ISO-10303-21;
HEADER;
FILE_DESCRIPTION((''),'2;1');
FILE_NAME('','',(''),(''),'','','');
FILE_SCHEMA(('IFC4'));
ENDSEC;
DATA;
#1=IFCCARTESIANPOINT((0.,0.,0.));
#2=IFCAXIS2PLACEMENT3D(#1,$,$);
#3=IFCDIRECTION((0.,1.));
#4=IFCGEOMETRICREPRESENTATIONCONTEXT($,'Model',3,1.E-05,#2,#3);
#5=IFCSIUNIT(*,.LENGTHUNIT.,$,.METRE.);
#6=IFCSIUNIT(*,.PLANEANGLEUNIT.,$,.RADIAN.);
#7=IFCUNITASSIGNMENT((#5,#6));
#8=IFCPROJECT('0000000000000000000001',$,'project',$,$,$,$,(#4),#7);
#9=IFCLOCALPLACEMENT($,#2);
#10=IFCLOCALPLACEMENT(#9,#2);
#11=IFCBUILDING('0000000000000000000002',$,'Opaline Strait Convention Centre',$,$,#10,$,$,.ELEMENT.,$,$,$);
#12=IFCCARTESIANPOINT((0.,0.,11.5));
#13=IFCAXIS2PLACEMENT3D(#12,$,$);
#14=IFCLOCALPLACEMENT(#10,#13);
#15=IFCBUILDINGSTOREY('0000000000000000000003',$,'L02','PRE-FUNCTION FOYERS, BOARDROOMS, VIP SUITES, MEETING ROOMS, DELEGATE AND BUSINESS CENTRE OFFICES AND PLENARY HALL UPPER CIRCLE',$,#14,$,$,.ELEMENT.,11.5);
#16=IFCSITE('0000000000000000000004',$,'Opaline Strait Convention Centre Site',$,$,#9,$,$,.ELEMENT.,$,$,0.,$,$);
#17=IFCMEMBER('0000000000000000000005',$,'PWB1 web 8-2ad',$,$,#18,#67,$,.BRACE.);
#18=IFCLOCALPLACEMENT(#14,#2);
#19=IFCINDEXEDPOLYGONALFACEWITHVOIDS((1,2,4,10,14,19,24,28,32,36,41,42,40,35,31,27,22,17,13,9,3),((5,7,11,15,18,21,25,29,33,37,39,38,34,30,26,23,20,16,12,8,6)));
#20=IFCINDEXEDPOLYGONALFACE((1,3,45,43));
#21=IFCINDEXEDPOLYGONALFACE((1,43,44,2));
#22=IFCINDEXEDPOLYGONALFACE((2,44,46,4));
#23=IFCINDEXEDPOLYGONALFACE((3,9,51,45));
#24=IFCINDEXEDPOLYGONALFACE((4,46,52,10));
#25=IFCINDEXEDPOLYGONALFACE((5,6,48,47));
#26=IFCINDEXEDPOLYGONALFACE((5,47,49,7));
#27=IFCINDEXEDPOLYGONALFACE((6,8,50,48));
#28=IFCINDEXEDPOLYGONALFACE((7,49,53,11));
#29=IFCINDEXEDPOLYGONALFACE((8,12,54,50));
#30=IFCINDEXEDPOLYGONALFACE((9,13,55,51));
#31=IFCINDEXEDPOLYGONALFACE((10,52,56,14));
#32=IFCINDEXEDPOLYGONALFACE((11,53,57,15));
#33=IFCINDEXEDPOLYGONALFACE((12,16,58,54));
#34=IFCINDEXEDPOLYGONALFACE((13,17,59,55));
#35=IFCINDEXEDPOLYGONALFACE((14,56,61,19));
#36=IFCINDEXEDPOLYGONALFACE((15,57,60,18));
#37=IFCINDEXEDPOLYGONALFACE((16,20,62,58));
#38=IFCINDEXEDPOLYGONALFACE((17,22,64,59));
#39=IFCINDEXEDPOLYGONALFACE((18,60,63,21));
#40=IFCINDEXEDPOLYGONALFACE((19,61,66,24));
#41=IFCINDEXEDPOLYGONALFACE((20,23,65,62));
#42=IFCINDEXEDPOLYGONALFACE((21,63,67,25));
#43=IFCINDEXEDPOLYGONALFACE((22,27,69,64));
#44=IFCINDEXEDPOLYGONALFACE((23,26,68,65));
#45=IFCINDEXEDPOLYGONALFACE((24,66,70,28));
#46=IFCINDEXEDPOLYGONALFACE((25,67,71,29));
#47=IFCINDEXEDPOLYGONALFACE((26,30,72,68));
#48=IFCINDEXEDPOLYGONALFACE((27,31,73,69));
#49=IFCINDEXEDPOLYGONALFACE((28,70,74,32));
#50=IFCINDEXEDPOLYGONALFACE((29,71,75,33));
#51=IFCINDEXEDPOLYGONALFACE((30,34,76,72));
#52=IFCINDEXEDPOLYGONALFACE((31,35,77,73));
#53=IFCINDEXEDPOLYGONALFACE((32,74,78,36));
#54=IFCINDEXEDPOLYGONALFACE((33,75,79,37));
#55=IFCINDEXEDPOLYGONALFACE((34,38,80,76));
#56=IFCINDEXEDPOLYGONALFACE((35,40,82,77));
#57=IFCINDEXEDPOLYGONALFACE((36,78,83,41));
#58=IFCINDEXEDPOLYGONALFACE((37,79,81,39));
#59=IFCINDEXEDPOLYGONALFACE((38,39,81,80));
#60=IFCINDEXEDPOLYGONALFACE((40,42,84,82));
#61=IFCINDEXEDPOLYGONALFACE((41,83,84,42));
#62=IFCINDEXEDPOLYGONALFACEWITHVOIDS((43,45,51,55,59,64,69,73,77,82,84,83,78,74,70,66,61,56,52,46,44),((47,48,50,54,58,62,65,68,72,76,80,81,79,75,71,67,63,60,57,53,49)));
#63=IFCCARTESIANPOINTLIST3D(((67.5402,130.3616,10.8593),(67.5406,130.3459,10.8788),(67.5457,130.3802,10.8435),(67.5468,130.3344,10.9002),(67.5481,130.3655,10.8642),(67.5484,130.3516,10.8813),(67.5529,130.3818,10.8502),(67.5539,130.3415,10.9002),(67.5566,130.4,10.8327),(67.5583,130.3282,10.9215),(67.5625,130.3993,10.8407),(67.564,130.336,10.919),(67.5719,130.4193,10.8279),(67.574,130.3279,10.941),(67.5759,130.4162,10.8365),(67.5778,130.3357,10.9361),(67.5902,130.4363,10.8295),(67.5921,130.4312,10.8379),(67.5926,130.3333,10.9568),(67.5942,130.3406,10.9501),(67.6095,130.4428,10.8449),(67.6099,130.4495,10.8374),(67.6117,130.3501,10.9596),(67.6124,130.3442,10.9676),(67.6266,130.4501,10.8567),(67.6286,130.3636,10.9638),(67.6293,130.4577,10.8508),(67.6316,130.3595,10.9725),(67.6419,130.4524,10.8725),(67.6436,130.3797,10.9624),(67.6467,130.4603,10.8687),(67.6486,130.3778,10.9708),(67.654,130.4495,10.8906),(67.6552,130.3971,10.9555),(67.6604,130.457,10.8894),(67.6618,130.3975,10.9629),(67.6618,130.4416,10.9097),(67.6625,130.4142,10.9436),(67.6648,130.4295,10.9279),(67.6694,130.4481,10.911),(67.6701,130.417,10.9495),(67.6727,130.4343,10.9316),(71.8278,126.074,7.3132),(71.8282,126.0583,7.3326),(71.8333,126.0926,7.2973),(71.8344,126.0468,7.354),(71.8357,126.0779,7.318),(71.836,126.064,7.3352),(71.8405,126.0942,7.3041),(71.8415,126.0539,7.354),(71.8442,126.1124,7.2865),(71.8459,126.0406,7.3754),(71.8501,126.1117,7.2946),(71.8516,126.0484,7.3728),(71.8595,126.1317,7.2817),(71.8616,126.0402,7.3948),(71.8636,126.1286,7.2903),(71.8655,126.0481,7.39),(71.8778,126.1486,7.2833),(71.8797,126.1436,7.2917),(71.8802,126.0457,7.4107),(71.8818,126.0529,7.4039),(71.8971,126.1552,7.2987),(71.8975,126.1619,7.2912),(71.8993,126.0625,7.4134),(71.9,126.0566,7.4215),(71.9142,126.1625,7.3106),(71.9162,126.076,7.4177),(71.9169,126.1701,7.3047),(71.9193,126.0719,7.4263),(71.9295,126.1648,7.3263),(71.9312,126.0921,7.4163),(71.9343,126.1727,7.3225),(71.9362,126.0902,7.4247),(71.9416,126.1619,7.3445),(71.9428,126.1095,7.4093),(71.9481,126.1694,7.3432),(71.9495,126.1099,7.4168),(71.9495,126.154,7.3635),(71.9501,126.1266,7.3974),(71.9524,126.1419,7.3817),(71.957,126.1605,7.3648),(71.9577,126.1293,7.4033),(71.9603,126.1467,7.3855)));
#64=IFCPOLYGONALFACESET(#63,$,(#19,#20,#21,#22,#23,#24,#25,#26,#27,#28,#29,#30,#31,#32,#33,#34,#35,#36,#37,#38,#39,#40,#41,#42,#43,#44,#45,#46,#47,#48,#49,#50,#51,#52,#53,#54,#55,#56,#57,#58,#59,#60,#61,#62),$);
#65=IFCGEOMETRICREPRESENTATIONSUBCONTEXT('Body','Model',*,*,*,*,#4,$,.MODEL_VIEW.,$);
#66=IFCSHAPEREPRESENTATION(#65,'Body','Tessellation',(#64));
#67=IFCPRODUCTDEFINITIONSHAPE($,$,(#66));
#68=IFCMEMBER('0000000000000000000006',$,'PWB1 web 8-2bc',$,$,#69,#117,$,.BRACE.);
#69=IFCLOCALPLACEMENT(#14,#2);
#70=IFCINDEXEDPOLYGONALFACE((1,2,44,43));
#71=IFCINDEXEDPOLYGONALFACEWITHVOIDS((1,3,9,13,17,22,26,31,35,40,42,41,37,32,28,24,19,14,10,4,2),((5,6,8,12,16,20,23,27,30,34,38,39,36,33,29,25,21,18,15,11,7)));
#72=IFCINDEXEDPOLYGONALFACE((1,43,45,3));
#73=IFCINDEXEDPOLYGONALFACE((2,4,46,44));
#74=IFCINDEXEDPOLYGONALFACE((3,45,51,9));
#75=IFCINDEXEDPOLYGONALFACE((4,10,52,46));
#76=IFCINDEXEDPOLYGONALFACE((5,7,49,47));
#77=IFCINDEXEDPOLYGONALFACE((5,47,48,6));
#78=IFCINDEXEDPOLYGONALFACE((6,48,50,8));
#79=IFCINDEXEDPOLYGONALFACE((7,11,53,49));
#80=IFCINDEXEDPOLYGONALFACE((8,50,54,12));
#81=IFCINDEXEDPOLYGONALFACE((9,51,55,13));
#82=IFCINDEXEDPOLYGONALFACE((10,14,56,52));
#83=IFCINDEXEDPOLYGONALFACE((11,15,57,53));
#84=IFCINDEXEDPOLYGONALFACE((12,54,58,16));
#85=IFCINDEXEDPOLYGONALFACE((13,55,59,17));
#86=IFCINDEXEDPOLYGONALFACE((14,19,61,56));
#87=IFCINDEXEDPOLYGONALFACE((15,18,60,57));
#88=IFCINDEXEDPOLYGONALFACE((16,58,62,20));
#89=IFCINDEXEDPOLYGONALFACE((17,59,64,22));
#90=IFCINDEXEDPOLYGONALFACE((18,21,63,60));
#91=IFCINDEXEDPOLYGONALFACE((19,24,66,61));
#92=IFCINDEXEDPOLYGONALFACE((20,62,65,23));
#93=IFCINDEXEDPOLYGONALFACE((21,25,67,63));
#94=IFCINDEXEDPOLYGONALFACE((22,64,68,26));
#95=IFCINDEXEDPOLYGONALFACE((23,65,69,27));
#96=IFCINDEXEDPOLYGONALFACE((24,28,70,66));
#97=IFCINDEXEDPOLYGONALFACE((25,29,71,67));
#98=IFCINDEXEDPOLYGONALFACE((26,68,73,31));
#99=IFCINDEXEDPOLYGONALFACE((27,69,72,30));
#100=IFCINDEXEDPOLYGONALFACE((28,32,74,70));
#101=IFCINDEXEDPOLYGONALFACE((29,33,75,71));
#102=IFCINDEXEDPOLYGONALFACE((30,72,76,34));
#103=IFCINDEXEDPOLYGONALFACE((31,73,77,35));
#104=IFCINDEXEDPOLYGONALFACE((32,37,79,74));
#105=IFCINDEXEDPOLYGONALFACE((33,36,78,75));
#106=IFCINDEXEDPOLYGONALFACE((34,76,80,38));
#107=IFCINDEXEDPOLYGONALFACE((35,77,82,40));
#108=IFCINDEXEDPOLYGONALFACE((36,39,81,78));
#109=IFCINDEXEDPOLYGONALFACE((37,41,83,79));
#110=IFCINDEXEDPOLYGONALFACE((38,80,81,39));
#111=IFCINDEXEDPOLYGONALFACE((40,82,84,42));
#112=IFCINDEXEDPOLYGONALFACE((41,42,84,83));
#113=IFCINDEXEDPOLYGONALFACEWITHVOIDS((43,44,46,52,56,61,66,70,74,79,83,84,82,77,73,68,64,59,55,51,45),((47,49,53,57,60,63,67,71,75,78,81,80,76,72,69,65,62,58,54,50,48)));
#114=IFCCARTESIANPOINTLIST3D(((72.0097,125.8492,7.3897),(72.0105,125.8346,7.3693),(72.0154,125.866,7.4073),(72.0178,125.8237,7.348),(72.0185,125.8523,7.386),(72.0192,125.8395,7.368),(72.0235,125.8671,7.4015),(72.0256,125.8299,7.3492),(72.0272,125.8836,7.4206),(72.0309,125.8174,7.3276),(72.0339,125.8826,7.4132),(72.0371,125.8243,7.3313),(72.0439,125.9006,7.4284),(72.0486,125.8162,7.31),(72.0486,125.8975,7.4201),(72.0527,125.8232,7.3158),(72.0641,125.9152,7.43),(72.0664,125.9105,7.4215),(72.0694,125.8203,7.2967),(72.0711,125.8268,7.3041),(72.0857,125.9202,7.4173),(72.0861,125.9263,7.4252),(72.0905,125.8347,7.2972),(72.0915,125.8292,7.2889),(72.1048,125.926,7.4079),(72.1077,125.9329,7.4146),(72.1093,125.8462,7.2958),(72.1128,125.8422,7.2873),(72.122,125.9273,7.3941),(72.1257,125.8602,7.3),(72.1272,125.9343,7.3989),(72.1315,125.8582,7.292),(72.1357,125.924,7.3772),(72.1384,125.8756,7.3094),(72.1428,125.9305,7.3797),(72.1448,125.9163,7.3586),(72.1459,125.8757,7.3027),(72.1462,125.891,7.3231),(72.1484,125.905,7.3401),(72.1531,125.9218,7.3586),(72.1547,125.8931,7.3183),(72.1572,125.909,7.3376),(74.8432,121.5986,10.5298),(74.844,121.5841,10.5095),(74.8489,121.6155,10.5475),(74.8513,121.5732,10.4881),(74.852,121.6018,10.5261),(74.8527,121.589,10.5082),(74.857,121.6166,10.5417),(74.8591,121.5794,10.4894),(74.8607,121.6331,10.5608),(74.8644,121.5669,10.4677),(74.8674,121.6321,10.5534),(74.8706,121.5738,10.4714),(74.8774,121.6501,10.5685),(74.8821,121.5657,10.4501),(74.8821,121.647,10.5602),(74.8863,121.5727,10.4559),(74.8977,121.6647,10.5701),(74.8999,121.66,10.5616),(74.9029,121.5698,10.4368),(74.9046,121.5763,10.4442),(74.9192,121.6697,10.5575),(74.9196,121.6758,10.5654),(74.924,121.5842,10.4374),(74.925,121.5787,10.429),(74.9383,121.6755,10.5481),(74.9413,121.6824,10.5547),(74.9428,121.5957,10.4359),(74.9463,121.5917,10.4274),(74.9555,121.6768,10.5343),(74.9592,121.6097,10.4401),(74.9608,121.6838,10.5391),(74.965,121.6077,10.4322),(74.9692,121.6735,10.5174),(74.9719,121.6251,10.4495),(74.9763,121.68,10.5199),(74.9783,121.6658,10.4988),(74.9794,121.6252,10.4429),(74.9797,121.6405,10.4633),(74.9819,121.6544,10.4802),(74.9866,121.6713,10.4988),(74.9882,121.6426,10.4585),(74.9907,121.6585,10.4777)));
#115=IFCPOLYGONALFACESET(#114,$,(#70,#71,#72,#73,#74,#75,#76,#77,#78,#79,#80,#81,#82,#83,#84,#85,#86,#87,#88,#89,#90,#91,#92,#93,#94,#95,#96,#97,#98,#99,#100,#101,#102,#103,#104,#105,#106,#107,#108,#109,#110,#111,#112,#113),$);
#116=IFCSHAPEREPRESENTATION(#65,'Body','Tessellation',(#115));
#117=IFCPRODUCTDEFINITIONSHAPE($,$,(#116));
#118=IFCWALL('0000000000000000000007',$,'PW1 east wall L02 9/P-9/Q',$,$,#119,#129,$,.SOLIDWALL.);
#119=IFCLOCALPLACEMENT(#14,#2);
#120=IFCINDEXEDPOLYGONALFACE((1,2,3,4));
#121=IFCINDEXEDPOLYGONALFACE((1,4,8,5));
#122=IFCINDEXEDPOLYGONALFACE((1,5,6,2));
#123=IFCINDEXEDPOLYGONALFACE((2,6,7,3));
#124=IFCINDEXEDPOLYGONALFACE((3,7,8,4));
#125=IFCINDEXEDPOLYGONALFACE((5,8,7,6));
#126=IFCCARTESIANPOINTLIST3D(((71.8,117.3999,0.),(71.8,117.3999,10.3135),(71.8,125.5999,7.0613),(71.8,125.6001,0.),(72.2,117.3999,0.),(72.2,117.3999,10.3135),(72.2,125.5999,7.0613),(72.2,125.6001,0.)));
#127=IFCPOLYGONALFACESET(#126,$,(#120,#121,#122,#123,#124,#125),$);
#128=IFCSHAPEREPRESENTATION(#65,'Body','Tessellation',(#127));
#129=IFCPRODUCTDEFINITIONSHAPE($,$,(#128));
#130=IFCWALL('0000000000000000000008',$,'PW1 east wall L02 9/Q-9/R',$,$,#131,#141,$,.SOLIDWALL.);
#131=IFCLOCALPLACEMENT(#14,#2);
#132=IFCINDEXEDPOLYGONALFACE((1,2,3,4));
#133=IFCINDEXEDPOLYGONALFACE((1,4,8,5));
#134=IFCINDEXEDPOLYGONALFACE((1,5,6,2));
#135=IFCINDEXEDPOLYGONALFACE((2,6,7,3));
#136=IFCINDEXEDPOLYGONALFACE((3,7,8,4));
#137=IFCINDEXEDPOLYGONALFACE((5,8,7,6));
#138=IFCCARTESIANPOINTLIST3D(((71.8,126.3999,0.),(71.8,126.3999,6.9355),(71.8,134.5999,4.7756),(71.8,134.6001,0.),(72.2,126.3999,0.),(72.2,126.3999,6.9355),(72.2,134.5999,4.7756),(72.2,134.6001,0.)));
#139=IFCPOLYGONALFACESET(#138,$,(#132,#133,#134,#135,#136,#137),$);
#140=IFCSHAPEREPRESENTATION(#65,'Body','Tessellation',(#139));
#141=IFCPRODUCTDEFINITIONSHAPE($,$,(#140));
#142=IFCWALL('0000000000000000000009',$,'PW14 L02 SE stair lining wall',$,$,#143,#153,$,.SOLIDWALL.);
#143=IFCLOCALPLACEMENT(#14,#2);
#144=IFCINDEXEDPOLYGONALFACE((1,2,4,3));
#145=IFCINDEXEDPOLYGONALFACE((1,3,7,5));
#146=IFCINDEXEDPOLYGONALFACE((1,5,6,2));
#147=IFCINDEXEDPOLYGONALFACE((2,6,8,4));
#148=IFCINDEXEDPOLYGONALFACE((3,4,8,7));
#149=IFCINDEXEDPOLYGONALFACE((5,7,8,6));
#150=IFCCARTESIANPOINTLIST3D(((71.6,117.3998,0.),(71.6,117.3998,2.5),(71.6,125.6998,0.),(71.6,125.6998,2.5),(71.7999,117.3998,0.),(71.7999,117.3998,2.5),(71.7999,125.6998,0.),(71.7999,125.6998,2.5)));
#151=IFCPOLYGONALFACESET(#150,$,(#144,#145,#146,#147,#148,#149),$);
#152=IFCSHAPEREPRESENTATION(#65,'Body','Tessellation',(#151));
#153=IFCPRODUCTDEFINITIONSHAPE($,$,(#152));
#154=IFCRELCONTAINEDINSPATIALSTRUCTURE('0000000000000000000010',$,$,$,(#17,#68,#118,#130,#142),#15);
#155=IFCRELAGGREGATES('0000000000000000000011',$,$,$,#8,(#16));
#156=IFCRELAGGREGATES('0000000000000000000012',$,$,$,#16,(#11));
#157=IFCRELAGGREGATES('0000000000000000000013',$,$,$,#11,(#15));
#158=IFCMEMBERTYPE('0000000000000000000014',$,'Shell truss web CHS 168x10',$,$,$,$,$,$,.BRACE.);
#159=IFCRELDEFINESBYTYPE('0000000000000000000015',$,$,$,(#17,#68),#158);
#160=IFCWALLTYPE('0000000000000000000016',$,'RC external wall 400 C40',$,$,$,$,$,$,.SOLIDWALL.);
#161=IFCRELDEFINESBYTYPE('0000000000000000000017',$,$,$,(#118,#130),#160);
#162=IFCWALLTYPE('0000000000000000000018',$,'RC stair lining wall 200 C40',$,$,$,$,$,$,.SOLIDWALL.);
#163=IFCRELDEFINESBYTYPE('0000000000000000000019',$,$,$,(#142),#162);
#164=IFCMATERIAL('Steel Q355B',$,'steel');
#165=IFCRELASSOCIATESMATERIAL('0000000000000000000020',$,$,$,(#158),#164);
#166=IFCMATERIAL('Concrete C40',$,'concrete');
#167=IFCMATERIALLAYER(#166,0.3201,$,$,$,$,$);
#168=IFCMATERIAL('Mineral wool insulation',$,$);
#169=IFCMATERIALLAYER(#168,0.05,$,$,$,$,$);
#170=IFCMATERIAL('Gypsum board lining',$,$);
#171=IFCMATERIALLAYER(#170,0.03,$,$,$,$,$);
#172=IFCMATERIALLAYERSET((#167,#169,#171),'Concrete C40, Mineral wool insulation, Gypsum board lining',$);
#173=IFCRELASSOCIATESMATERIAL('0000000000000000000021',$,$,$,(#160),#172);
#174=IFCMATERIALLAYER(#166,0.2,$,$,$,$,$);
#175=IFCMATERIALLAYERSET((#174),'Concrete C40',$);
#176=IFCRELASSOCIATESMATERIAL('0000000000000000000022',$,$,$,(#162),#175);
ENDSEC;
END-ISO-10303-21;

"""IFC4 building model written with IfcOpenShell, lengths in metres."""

from ifc_helpers import new_model, si_unit, direction, frame, frame_2d, origin, origin_2d, place, context, subcontext, project, spatial, polyline, rectangle, hollow_circle, outline, extrude, material, layer, layer_set, material_profile, profile_set, type_object, element, save


model = new_model("IFC4")

# Units and contexts
model_context = context("Model", 3, precision=1e-05, world=origin(), true_north=direction((0.0, 1.0)))
body_context = subcontext(model_context, "Body", "Model", "MODEL_VIEW")
ifc_project = project(units=[si_unit("LENGTHUNIT", "METRE"), si_unit("PLANEANGLEUNIT", "RADIAN")], contexts=[model_context])

# Site, building, storey
site_placement = place(None, origin())
site = spatial("IfcSite", under=ifc_project, at=site_placement, Name="Opaline Strait Convention Centre Site", CompositionType="ELEMENT", RefElevation=0.0)
building_placement = place(site_placement, origin())
building = spatial("IfcBuilding", under=site, at=building_placement, Name="Opaline Strait Convention Centre", CompositionType="ELEMENT")
storey_placement = place(building_placement, frame((0.0, 0.0, 11.5)))
storey = spatial("IfcBuildingStorey", under=building, at=storey_placement, Name="L02", Description="PRE-FUNCTION FOYERS, BOARDROOMS, VIP SUITES, MEETING ROOMS, DELEGATE AND BUSINESS CENTRE OFFICES AND PLENARY HALL UPPER CIRCLE", CompositionType="ELEMENT", Elevation=11.5)

# Shared definitions
ifc_material_1 = material(Name="Concrete C40", Category="concrete")

# Members
ifc_material_2 = material(Name="Steel Q355B", Category="steel")
ifc_material_profile_1 = material_profile(ifc_material_2, hollow_circle(Radius=0.084, WallThickness=0.01, at=origin_2d()), Name="CHS 168x10")
ifc_profile_set_1 = profile_set([ifc_material_profile_1], Name="Steel Q355B")
member_type_1 = type_object("IfcMemberType", Name="Shell truss web CHS 168x10", PredefinedType="BRACE", material=ifc_profile_set_1)
member_1_placement = place(storey_placement, frame((71.8938, 126.1062, 7.354), z_axis=(-0.610387, 0.610387, 0.504833), x_axis=(-0.707107, -0.707107, 0.0)))
element("IfcMember", 1, at=member_1_placement, inside=storey, type_object=member_type_1, Name="PWB1 web 8-2ad", PredefinedType="BRACE", context=body_context, shape_type="SweptSolid", body=[
    extrude(hollow_circle(Radius=0.084, WallThickness=0.01, at=origin_2d()), origin(), (0.0, 0.0, 1.0), 7.0244),
])
member_2_placement = place(storey_placement, frame((72.0833, 125.8752, 7.3586), z_axis=(0.472539, -0.70885, 0.523678), x_axis=(0.832065, 0.554678, 0.0)))
element("IfcMember", 2, at=member_2_placement, inside=storey, type_object=member_type_1, Name="PWB1 web 8-2bc", PredefinedType="BRACE", context=body_context, shape_type="SweptSolid", body=[
    extrude(hollow_circle(Radius=0.084, WallThickness=0.01, at=origin_2d()), origin(), (0.0, 0.0, 1.0), 5.9963),
])

# Walls
ifc_layer_1 = layer(ifc_material_1, 0.3201)
ifc_material_3 = material(Name="Mineral wool insulation")
ifc_layer_2 = layer(ifc_material_3, 0.05)
ifc_material_4 = material(Name="Gypsum board lining")
ifc_layer_3 = layer(ifc_material_4, 0.03)
ifc_layer_set_1 = layer_set([ifc_layer_1, ifc_layer_2, ifc_layer_3], Name="Concrete C40, Mineral wool insulation, Gypsum board lining")
wall_type_1 = type_object("IfcWallType", Name="RC external wall 400 C40", PredefinedType="SOLIDWALL", material=ifc_layer_set_1)
wall_1_placement = place(storey_placement, frame((72.0, 117.3999, 0.0), z_axis=(0.0, 0.0, 1.0), x_axis=(0.0, 1.0, 0.0)))
element("IfcWall", 3, at=wall_1_placement, inside=storey, type_object=wall_type_1, Name="PW1 east wall L02 9/P-9/Q", PredefinedType="SOLIDWALL", context=body_context, shape_type="SweptSolid", body=[
    extrude(outline(polyline([(0.0, 0.0), (8.2002, 0.0), (8.2, 7.0613), (0.0, 10.3135), (0.0, 0.0)])), frame((0.0, 0.2, 0.0), z_axis=(0.0, -1.0, 0.0), x_axis=(1.0, 0.0, 0.0)), (0.0, 0.0, 1.0), 0.3999),
])
wall_2_placement = place(storey_placement, frame((72.0, 126.3999, 0.0), z_axis=(0.0, 0.0, 1.0), x_axis=(0.0, 1.0, 0.0)))
element("IfcWall", 4, at=wall_2_placement, inside=storey, type_object=wall_type_1, Name="PW1 east wall L02 9/Q-9/R", PredefinedType="SOLIDWALL", context=body_context, shape_type="SweptSolid", body=[
    extrude(outline(polyline([(0.0, 0.0), (8.2002, 0.0), (8.2, 4.7756), (0.0, 6.9355), (0.0, 0.0)])), frame((0.0, 0.2, 0.0), z_axis=(0.0, -1.0, 0.0), x_axis=(1.0, 0.0, 0.0)), (0.0, 0.0, 1.0), 0.3999),
])
ifc_layer_4 = layer(ifc_material_1, 0.2)
ifc_layer_set_2 = layer_set([ifc_layer_4], Name="Concrete C40")
wall_type_2 = type_object("IfcWallType", Name="RC stair lining wall 200 C40", PredefinedType="SOLIDWALL", material=ifc_layer_set_2)
wall_3_placement = place(storey_placement, frame((71.7, 117.3999, 0.0), z_axis=(0.0, 0.0, 1.0), x_axis=(0.0, 1.0, 0.0)))
element("IfcWall", 5, at=wall_3_placement, inside=storey, type_object=wall_type_2, Name="PW14 L02 SE stair lining wall", PredefinedType="SOLIDWALL", context=body_context, shape_type="SweptSolid", body=[
    extrude(rectangle(XDim=8.3, YDim=0.2, at=frame_2d((4.1499, 0.0))), origin(), (0.0, 0.0, 1.0), 2.5),
])

save(model, "model.ifc")
